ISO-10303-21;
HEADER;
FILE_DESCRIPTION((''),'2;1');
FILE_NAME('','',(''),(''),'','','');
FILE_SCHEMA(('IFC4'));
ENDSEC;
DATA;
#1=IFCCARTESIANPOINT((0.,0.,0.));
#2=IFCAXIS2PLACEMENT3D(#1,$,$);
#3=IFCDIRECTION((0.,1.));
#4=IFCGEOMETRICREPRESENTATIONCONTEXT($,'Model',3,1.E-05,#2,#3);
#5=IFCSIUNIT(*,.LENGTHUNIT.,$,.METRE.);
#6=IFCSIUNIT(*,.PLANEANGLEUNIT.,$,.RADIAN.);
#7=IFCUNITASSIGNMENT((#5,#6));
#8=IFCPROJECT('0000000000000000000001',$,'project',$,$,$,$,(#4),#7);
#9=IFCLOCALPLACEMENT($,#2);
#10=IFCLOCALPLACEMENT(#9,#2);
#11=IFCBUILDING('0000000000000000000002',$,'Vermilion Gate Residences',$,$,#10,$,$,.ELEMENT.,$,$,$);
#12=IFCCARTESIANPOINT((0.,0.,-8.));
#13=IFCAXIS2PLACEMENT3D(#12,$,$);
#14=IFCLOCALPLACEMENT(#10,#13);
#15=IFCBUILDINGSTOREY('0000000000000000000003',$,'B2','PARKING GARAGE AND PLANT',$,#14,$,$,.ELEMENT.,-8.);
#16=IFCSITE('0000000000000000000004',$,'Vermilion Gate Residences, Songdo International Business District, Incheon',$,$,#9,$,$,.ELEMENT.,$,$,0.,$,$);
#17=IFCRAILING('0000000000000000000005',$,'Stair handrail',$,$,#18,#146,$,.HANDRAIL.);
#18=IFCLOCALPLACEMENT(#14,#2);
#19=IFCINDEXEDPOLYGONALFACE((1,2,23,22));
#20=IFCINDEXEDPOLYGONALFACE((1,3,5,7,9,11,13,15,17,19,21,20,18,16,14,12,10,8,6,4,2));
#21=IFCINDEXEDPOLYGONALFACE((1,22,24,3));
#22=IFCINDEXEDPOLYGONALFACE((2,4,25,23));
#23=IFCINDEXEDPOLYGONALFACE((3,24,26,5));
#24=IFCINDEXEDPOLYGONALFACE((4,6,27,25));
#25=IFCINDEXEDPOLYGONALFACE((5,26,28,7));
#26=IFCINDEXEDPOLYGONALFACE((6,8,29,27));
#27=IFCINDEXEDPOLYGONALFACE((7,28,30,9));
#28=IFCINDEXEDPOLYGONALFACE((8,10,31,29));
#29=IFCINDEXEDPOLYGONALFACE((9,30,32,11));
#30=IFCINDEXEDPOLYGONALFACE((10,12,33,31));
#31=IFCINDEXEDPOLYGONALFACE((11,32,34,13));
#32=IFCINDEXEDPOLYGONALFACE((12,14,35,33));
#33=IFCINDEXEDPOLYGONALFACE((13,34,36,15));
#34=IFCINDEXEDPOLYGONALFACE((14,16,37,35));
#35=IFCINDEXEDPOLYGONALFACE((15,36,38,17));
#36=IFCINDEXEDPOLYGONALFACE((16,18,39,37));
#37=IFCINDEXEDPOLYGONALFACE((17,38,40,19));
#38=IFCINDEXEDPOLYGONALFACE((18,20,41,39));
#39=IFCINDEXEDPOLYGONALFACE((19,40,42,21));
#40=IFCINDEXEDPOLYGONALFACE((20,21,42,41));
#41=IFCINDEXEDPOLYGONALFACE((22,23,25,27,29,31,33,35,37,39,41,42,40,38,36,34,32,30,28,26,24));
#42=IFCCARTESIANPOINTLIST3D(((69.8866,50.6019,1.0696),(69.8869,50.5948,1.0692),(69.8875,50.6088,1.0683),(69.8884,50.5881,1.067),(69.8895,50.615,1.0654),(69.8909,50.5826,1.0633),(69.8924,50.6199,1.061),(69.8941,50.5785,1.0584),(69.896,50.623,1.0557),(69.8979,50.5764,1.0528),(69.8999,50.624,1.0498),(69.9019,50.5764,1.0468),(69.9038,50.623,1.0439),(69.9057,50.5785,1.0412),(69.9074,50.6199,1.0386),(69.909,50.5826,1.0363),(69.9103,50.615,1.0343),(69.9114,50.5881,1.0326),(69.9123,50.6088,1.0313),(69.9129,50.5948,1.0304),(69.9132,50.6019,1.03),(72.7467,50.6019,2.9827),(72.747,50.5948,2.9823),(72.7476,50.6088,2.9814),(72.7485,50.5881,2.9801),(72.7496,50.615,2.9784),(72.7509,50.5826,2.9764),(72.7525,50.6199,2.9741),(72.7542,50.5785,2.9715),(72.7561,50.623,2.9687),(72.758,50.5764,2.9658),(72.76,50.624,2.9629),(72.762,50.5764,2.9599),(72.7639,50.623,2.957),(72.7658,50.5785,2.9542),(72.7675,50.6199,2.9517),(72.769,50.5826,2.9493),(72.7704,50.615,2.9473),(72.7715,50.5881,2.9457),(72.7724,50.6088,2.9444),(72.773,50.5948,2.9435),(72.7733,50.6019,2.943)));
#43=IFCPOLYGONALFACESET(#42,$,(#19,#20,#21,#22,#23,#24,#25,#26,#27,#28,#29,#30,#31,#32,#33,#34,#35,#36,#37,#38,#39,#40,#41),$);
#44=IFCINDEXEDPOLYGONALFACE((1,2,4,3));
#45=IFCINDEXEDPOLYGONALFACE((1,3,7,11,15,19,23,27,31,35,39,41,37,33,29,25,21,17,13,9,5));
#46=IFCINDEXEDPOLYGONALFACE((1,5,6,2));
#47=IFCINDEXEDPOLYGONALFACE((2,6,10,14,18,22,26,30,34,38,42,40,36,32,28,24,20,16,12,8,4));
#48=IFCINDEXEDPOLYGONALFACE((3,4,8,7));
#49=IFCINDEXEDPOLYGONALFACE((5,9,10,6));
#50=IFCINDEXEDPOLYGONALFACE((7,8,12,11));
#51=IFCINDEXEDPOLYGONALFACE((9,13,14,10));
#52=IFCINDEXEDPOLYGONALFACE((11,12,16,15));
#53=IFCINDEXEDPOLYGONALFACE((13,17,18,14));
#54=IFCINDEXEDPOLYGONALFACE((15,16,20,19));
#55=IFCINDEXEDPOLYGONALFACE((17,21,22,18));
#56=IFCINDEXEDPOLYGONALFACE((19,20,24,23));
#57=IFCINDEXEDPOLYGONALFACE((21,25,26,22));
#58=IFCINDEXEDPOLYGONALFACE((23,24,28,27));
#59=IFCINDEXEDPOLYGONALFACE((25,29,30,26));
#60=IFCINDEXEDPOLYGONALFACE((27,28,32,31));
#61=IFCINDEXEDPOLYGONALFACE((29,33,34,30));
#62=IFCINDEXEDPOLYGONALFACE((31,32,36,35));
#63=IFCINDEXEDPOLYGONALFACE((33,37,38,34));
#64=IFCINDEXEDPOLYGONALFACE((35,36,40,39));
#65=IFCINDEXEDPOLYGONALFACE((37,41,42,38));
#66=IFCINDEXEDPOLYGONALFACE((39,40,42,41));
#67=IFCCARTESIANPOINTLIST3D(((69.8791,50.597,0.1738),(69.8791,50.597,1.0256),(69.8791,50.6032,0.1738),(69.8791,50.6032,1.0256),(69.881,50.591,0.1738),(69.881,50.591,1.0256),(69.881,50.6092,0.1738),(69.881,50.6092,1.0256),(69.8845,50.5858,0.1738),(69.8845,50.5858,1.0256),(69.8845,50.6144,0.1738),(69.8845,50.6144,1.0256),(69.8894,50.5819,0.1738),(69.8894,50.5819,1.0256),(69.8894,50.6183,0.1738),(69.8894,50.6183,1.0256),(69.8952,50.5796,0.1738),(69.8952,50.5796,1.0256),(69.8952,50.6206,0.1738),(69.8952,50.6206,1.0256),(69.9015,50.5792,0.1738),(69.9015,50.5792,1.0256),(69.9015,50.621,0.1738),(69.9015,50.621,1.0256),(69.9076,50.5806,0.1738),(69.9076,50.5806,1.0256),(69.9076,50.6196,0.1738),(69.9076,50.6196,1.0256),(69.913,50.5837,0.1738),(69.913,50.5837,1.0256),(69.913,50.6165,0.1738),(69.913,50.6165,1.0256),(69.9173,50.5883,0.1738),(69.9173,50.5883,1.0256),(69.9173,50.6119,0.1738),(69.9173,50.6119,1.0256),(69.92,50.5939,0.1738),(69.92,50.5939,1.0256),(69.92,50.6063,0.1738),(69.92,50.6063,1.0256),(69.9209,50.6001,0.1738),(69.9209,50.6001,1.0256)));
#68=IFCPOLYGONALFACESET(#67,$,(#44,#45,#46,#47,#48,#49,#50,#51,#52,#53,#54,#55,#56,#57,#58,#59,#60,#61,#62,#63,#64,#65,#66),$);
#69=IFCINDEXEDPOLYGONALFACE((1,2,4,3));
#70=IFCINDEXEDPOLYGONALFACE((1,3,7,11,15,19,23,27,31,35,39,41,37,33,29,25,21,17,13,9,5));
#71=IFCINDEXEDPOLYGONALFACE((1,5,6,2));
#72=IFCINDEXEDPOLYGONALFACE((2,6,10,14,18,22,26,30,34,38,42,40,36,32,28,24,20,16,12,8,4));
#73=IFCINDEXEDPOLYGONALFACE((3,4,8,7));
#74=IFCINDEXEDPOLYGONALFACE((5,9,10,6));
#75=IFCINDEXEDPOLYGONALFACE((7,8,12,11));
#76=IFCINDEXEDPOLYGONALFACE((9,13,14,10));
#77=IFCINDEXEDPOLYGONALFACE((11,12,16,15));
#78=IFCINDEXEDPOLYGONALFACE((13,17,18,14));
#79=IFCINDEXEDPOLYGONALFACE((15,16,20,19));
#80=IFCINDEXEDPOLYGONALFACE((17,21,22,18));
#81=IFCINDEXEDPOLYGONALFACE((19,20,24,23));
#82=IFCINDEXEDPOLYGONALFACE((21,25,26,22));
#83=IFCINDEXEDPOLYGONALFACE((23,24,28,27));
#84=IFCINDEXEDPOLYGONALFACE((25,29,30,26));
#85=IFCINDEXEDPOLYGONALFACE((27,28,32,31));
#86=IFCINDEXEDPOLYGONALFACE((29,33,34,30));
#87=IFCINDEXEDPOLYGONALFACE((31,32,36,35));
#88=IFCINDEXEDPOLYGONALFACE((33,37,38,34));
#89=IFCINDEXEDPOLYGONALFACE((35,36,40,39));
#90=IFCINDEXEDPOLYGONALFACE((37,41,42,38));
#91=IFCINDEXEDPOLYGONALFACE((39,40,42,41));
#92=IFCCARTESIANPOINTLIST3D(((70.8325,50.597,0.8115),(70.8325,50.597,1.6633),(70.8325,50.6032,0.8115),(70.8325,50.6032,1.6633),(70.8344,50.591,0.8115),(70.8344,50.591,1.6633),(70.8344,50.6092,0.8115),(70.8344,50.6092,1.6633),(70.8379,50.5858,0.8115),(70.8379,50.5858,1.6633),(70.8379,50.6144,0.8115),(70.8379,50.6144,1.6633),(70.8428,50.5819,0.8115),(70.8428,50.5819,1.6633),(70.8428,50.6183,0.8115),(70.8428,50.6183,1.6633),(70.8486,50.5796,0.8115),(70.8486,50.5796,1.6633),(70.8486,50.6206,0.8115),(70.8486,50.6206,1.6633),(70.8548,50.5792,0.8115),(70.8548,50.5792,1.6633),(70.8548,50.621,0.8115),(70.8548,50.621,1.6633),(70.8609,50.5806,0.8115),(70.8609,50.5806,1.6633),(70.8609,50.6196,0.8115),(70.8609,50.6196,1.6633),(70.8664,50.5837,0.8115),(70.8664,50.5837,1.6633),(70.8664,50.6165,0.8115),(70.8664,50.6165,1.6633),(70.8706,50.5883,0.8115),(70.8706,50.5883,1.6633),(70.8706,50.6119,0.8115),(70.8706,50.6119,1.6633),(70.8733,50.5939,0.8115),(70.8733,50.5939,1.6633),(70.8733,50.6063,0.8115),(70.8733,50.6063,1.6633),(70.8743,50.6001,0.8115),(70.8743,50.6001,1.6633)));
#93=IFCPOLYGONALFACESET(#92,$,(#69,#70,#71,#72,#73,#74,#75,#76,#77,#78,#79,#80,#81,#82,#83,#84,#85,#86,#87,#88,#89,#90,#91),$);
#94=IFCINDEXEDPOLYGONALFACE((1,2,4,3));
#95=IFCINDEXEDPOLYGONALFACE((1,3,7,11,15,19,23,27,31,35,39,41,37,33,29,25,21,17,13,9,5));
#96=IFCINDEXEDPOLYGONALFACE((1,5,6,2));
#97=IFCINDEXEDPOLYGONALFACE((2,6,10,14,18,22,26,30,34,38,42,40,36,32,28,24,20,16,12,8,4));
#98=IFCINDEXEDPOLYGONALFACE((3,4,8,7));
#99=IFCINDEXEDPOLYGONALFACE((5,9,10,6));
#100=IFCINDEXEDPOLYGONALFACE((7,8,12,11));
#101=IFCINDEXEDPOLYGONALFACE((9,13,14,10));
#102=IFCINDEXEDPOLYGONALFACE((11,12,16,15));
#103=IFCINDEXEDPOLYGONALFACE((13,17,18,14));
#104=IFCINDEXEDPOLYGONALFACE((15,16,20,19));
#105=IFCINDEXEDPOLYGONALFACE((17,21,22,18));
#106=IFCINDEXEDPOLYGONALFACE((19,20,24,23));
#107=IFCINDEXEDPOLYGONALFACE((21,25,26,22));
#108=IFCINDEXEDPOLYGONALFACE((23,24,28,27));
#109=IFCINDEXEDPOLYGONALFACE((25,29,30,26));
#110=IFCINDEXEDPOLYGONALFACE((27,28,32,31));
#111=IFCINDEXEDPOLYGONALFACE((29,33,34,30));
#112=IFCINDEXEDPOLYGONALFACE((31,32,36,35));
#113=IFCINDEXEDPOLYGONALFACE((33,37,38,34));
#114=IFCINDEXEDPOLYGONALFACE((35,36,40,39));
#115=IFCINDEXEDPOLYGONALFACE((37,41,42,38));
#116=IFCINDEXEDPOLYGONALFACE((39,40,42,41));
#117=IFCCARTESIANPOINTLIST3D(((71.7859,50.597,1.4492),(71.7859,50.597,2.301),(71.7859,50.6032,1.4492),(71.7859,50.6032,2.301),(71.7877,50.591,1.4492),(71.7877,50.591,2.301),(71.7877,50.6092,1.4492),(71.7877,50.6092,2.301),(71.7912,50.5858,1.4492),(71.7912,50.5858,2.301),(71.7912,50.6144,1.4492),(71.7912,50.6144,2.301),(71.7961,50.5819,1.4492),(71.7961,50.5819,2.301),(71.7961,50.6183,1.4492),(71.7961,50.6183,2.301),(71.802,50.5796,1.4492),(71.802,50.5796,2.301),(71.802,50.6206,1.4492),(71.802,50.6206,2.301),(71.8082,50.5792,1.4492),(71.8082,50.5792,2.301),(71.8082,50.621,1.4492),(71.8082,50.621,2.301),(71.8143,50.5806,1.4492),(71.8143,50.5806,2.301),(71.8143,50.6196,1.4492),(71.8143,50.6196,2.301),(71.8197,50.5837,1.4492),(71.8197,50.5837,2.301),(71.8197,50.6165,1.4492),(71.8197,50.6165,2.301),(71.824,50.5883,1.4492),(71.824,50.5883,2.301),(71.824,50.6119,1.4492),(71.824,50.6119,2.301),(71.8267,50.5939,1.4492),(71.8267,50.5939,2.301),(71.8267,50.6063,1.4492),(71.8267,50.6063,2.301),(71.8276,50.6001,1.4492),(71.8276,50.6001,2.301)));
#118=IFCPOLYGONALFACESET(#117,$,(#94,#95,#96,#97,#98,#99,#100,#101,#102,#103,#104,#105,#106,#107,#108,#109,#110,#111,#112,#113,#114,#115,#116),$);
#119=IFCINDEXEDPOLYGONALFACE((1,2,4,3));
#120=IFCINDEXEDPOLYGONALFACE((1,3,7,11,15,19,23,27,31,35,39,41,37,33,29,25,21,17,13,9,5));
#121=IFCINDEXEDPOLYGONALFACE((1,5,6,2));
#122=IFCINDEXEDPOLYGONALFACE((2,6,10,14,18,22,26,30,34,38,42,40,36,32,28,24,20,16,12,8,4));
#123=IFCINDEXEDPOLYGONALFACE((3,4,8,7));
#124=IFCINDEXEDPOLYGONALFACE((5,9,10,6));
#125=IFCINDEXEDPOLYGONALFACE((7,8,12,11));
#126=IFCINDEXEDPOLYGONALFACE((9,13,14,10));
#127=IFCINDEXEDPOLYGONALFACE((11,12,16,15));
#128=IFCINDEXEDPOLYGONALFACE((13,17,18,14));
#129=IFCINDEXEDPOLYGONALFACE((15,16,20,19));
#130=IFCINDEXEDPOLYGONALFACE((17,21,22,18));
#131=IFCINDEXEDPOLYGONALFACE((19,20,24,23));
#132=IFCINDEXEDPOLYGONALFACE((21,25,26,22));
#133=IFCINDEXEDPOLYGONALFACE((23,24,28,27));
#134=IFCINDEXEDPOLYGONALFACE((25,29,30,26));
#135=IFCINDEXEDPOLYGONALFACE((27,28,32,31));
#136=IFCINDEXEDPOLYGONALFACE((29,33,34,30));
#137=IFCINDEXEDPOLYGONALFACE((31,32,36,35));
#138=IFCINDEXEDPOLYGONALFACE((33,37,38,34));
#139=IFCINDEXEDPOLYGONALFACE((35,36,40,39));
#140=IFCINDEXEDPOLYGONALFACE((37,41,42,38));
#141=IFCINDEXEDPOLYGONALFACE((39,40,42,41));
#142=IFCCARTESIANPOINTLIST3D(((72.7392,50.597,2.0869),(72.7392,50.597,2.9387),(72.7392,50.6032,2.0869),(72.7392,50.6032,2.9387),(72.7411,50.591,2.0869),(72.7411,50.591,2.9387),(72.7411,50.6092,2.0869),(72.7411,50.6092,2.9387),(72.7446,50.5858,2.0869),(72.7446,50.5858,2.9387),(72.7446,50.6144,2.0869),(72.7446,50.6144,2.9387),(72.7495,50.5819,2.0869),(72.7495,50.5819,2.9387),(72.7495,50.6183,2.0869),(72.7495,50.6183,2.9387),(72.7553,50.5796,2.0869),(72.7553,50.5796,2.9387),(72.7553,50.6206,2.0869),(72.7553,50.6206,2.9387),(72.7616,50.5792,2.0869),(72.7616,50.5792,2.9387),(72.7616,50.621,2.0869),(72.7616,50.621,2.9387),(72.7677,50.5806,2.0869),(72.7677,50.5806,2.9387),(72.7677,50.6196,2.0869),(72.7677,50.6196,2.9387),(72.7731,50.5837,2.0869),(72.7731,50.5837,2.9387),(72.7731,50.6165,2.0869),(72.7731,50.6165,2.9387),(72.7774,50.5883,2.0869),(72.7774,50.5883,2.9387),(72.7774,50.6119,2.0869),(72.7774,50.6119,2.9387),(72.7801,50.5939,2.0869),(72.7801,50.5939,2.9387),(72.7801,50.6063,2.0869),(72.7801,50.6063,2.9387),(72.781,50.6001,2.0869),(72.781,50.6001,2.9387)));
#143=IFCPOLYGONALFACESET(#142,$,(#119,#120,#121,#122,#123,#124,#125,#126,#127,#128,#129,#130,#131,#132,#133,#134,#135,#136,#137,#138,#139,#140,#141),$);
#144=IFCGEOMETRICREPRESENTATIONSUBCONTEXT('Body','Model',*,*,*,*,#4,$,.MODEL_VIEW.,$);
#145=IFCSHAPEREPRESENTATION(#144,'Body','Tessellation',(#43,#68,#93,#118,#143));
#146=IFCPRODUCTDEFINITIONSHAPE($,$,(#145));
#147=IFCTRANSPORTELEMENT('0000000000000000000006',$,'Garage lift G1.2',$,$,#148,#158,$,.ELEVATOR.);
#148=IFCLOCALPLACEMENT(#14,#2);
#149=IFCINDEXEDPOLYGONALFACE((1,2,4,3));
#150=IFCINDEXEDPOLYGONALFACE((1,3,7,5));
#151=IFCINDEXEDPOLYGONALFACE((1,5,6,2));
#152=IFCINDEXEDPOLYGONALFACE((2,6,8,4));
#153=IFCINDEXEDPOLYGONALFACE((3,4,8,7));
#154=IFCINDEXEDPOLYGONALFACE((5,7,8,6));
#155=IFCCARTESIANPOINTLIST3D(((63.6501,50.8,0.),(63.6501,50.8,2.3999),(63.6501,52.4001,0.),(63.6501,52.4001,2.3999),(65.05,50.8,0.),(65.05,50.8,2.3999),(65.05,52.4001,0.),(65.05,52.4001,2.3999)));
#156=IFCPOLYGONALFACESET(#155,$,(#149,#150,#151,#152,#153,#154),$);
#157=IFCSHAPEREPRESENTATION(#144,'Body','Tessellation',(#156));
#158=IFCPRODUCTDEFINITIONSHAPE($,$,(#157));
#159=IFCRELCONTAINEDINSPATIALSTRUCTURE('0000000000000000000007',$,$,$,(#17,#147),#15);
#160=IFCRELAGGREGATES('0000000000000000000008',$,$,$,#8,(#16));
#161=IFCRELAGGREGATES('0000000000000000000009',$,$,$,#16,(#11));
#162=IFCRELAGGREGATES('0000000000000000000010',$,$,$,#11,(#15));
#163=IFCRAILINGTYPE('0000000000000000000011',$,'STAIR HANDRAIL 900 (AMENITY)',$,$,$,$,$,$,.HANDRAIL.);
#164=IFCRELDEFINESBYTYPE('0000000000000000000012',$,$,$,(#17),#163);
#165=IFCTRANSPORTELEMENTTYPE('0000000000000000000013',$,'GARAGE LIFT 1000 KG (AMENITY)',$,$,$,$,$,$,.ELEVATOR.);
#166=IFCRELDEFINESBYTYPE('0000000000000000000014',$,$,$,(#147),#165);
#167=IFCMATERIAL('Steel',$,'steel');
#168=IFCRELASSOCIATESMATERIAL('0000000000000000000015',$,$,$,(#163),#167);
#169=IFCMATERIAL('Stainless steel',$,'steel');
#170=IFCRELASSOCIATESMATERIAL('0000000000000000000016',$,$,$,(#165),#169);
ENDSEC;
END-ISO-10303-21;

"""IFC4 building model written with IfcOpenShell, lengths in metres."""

from ifc_helpers import new_model, si_unit, direction, frame, origin, origin_2d, place, context, subcontext, project, spatial, rectangle, circle, extrude, material, type_object, element, save


model = new_model("IFC4")

# Units and contexts
model_context = context("Model", 3, precision=1e-05, world=origin(), true_north=direction((0.0, 1.0)))
body_context = subcontext(model_context, "Body", "Model", "MODEL_VIEW")
ifc_project = project(units=[si_unit("LENGTHUNIT", "METRE"), si_unit("PLANEANGLEUNIT", "RADIAN")], contexts=[model_context])

# Site, building, storey
site_placement = place(None, origin())
site = spatial("IfcSite", under=ifc_project, at=site_placement, Name="Vermilion Gate Residences, Songdo International Business District, Incheon", CompositionType="ELEMENT", RefElevation=0.0)
building_placement = place(site_placement, origin())
building = spatial("IfcBuilding", under=site, at=building_placement, Name="Vermilion Gate Residences", CompositionType="ELEMENT")
storey_placement = place(building_placement, frame((0.0, 0.0, -8.0)))
storey = spatial("IfcBuildingStorey", under=building, at=storey_placement, Name="B2", Description="PARKING GARAGE AND PLANT", CompositionType="ELEMENT", Elevation=-8.0)

# Railing
ifc_material_1 = material(Name="Steel", Category="steel")
railing_type = type_object("IfcRailingType", Name="STAIR HANDRAIL 900 (AMENITY)", PredefinedType="HANDRAIL", material=ifc_material_1)
railing_placement = place(storey_placement, frame((69.8999, 50.6001, 0.1738)))
element("IfcRailing", 1, at=railing_placement, inside=storey, type_object=railing_type, Name="Stair handrail", PredefinedType="HANDRAIL", context=body_context, shape_type="SweptSolid", body=[
    extrude(circle(Radius=0.0239, at=origin_2d()), frame((0.0, 0.0, 0.876), z_axis=(0.831198, 0.0, 0.555977), x_axis=(0.0, 1.0, 0.0)), (0.0, 0.0, 1.0), 3.4409),
    extrude(circle(Radius=0.021, at=origin_2d()), origin(), (0.0, 0.0, 1.0), 0.8518),
    extrude(circle(Radius=0.021, at=origin_2d()), frame((0.9534, 0.0, 0.6377)), (0.0, 0.0, 1.0), 0.8518),
    extrude(circle(Radius=0.021, at=origin_2d()), frame((1.9067, 0.0, 1.2754)), (0.0, 0.0, 1.0), 0.8518),
    extrude(circle(Radius=0.021, at=origin_2d()), frame((2.8601, 0.0, 1.9131)), (0.0, 0.0, 1.0), 0.8518),
])

# Transport element
ifc_material_2 = material(Name="Stainless steel", Category="steel")
transport_element_type = type_object("IfcTransportElementType", Name="GARAGE LIFT 1000 KG (AMENITY)", PredefinedType="ELEVATOR", material=ifc_material_2)
transport_element_placement = place(storey_placement, frame((64.3501, 51.6001, 0.0), z_axis=(0.0, 0.0, 1.0), x_axis=(1.0, 0.0, 0.0)))
element("IfcTransportElement", 2, at=transport_element_placement, inside=storey, type_object=transport_element_type, Name="Garage lift G1.2", PredefinedType="ELEVATOR", context=body_context, shape_type="SweptSolid", body=[
    extrude(rectangle(XDim=1.3999, YDim=1.6001, at=origin_2d()), origin(), (0.0, 0.0, 1.0), 2.3999),
])

save(model, "model.ifc")
